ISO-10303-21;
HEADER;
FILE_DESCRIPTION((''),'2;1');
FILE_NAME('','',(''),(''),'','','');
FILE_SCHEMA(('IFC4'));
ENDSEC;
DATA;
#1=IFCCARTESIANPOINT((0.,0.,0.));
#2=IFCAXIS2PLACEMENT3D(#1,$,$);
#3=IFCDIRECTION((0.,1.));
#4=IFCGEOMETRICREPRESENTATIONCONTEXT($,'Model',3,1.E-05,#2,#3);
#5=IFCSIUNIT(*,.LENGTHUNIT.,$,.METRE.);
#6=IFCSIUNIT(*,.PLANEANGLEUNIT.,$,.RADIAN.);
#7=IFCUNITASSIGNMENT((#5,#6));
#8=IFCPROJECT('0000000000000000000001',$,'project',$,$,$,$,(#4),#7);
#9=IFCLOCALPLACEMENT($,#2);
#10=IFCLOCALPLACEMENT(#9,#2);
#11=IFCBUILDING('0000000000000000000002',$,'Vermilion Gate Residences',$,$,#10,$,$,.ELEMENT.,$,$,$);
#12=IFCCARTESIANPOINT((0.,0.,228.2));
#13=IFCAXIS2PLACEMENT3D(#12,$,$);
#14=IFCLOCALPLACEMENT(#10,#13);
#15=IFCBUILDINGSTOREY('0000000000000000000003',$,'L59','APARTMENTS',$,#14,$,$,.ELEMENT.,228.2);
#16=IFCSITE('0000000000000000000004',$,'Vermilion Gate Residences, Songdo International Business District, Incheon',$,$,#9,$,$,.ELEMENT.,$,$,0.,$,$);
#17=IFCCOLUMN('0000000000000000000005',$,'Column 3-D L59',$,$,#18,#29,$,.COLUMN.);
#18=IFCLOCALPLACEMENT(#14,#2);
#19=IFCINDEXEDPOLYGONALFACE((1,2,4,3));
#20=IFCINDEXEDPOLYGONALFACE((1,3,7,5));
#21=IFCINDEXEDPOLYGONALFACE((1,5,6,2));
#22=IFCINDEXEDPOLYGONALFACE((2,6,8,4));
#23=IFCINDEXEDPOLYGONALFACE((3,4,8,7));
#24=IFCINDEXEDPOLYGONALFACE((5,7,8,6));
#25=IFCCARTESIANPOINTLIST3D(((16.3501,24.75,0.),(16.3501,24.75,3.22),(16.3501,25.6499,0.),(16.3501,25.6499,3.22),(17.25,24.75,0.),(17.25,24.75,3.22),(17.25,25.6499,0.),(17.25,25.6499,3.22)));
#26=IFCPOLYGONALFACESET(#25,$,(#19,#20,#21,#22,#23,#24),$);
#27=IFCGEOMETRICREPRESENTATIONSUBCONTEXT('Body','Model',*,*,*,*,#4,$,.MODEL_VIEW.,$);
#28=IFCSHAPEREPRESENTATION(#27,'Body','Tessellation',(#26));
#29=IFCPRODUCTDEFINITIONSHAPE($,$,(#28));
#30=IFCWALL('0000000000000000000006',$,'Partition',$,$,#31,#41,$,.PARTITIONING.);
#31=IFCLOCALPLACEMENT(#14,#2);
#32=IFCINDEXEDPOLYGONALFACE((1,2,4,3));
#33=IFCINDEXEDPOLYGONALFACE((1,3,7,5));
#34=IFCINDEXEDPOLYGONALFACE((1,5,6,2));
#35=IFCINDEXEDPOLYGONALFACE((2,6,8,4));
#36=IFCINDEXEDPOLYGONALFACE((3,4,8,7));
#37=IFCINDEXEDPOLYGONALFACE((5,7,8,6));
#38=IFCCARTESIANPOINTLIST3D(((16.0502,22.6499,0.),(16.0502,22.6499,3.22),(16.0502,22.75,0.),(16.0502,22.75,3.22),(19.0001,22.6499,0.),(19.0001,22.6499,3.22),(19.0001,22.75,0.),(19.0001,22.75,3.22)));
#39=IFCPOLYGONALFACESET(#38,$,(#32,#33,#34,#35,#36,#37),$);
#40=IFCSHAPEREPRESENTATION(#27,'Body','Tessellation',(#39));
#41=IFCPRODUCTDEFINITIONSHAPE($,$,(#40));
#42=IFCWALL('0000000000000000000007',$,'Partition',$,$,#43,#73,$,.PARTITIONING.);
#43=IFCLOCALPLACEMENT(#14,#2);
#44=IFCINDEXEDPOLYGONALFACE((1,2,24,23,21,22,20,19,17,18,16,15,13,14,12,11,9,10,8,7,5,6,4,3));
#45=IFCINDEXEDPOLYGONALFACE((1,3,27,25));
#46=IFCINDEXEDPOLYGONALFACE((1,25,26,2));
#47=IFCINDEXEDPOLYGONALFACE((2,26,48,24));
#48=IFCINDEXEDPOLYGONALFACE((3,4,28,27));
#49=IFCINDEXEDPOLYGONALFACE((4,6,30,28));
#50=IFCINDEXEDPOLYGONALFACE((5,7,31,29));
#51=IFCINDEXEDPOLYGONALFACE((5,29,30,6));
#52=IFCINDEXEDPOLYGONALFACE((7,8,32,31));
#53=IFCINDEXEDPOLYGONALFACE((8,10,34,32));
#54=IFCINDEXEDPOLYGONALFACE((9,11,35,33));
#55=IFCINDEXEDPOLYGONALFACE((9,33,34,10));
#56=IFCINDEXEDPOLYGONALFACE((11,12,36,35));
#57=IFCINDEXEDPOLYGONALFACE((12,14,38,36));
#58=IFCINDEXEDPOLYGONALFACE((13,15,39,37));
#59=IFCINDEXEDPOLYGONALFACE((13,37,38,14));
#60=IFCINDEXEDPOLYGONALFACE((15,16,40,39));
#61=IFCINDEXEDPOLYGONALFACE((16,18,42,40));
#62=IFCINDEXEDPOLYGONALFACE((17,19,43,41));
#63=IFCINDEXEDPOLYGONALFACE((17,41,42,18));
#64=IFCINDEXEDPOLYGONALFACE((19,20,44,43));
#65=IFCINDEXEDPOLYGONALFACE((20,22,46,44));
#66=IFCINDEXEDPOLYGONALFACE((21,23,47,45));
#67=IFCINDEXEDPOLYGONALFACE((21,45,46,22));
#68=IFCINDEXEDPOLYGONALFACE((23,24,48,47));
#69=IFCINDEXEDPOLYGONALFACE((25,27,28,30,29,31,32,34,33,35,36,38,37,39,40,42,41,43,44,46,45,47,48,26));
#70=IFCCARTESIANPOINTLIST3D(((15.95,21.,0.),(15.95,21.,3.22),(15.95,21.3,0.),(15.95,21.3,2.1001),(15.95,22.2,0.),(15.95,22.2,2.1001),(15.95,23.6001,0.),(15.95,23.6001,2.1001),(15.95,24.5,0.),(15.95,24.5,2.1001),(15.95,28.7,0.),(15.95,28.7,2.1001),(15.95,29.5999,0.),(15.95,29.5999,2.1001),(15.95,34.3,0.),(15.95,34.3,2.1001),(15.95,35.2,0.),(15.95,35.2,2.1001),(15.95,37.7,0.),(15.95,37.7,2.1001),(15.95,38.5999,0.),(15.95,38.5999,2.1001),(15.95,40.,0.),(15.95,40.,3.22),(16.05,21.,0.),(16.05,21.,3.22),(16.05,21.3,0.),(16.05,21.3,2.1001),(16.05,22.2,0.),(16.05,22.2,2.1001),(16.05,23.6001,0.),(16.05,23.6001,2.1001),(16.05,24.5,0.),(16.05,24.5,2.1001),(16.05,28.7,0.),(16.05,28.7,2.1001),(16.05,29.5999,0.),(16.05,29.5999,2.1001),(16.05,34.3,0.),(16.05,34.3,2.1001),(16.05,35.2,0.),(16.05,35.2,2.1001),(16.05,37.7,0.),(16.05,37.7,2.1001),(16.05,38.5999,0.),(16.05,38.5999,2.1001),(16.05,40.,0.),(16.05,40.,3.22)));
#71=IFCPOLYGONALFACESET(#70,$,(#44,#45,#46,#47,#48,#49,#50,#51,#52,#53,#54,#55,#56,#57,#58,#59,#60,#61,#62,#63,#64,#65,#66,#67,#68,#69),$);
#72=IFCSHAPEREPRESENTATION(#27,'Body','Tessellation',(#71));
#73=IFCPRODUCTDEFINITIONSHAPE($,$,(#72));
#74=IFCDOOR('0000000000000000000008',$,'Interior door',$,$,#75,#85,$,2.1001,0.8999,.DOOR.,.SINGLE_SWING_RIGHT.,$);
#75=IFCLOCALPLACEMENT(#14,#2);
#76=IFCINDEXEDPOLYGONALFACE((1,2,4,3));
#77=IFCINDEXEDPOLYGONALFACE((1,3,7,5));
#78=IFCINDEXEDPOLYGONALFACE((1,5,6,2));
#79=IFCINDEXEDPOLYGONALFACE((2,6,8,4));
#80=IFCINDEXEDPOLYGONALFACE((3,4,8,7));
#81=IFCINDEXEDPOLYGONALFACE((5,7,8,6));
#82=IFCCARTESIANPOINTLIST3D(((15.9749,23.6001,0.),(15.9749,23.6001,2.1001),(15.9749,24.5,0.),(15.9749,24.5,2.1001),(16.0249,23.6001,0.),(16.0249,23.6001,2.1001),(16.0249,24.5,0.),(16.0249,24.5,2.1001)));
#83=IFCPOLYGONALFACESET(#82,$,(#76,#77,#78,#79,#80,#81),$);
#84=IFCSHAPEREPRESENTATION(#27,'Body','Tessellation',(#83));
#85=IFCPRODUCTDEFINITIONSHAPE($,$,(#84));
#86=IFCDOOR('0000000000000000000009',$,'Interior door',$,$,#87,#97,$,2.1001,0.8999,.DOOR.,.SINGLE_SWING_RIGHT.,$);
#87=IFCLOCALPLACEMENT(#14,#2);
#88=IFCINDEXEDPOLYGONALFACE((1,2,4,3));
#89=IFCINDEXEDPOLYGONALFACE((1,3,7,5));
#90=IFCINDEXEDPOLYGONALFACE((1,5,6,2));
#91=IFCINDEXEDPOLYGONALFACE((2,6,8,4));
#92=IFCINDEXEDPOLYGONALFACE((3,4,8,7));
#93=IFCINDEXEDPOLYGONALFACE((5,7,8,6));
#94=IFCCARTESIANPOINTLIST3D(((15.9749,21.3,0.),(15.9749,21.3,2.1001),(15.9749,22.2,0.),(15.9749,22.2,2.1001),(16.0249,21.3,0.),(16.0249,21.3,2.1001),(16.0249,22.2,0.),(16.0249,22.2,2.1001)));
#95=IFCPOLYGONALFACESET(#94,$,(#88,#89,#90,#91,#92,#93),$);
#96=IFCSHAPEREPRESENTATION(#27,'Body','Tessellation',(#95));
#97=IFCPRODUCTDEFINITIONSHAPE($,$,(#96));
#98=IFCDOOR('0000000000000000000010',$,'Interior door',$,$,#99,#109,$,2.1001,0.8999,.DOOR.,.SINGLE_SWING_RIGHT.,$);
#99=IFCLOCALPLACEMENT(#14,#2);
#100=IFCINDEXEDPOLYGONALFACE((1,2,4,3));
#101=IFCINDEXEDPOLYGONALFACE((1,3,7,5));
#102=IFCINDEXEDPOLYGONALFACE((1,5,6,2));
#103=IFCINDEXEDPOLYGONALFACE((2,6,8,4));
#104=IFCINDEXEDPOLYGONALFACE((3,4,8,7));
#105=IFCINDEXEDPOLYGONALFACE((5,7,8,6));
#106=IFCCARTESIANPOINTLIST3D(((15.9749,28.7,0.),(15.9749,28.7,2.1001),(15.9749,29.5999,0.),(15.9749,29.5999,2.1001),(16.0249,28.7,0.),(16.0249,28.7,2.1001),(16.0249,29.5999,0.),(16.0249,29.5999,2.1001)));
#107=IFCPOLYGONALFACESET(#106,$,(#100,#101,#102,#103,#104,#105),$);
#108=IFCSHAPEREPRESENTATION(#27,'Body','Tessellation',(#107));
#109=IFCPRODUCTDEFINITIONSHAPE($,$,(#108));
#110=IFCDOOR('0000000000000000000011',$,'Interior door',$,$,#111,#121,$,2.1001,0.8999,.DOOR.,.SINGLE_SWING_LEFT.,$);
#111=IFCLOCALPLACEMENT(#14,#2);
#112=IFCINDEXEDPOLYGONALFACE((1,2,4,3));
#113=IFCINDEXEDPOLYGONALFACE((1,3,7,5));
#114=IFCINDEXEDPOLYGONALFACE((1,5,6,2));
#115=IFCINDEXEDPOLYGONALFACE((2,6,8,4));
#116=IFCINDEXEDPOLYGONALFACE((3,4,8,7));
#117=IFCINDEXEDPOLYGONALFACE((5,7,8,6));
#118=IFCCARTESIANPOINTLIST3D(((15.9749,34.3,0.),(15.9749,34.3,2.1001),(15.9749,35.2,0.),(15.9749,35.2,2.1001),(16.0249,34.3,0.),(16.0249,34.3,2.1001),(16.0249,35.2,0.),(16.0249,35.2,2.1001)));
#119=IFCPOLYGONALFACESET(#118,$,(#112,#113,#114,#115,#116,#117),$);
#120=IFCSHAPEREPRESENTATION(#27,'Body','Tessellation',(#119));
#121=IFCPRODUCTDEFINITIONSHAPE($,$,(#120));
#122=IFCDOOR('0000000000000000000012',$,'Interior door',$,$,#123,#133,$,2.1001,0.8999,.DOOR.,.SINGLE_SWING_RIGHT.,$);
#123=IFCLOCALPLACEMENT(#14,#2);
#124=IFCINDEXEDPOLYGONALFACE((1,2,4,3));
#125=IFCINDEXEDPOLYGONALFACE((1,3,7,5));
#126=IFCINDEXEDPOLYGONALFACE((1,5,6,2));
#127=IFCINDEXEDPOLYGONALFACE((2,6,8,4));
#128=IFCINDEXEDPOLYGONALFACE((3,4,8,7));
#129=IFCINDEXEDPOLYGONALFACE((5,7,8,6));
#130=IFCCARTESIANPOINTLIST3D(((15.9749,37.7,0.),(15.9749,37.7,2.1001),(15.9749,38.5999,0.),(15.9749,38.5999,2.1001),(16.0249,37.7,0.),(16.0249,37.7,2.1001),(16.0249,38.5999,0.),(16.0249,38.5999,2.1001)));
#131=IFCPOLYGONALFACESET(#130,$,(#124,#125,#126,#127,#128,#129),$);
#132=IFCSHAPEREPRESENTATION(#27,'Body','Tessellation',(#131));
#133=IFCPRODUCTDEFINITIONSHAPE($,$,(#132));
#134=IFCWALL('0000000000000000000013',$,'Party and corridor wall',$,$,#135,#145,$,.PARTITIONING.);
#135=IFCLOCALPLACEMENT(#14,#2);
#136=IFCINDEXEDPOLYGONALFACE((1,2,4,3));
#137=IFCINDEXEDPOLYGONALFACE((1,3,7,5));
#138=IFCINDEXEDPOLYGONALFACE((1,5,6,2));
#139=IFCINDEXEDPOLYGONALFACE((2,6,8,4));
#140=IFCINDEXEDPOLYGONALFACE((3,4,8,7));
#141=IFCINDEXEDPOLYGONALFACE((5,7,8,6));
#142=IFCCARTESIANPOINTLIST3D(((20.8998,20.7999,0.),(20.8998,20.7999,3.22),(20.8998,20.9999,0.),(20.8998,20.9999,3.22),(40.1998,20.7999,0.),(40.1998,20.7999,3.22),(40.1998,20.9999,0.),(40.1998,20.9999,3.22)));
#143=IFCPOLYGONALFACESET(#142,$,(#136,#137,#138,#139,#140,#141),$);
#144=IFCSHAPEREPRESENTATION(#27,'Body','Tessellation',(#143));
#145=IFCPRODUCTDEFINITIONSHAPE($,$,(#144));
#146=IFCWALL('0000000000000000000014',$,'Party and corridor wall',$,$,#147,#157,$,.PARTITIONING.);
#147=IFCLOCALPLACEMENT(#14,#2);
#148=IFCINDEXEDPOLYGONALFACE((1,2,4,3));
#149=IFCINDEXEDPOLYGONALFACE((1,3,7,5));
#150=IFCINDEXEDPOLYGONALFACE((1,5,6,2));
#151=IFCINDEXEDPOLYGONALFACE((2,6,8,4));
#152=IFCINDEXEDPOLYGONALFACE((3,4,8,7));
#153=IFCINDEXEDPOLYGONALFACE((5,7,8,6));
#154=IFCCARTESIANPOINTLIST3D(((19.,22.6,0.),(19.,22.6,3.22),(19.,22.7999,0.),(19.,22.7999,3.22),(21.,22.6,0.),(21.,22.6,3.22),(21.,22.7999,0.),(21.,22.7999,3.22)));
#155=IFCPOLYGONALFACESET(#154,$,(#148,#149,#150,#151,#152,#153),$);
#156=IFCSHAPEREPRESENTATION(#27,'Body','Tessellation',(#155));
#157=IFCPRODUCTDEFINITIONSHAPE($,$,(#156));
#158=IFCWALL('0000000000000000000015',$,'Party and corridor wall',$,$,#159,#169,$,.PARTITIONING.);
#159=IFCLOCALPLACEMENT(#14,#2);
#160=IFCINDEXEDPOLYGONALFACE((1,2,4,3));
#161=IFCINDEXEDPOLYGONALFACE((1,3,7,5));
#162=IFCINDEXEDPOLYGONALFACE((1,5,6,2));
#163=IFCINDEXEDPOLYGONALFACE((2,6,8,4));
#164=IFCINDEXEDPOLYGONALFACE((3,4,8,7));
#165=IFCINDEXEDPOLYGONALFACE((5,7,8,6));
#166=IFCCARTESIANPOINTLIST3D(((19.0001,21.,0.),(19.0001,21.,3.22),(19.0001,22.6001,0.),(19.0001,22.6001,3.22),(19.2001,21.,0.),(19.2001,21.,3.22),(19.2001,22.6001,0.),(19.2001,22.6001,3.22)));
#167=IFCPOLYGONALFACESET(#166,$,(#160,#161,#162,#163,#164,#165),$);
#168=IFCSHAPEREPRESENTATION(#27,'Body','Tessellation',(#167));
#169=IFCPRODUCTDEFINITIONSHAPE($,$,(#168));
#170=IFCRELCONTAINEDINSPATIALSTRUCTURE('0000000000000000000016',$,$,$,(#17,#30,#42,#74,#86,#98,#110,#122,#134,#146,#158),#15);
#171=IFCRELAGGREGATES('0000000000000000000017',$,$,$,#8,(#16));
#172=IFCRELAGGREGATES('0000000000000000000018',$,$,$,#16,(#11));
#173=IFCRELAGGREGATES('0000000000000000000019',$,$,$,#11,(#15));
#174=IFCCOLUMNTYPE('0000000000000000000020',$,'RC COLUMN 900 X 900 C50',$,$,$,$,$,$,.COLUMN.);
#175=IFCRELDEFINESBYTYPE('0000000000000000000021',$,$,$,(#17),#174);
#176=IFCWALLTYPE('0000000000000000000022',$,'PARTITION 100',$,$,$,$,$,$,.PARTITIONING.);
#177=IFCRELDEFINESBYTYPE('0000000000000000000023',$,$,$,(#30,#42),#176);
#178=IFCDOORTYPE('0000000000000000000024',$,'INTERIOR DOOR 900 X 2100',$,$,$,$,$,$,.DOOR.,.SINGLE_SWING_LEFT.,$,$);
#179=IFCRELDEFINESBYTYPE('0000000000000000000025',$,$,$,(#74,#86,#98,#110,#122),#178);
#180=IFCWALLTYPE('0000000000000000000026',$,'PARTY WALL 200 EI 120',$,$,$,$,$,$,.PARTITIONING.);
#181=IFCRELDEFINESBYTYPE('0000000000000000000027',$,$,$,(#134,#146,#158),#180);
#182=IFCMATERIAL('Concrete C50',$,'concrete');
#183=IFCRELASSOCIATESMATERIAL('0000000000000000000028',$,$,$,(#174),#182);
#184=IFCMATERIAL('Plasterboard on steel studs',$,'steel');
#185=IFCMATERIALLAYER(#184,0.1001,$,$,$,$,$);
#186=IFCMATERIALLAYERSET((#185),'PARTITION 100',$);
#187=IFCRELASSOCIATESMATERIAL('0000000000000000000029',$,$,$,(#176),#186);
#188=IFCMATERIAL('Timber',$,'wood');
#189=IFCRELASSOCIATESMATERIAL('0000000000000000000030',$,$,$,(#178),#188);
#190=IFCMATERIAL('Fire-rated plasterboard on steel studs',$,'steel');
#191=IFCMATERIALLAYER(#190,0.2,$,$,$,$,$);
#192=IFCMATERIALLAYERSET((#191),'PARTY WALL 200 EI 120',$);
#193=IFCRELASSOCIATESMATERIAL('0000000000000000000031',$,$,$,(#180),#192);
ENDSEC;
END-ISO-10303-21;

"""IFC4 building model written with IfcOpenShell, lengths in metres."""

from ifc_helpers import new_model, si_unit, direction, frame, frame_2d, origin, origin_2d, place, context, subcontext, project, spatial, rectangle, extrude, material, layer, layer_set, material_profile, profile_set, type_object, element, fill, save


model = new_model("IFC4")

# Units and contexts
model_context = context("Model", 3, precision=1e-05, world=origin(), true_north=direction((0.0, 1.0)))
body_context = subcontext(model_context, "Body", "Model", "MODEL_VIEW")
ifc_project = project(units=[si_unit("LENGTHUNIT", "METRE"), si_unit("PLANEANGLEUNIT", "RADIAN")], contexts=[model_context])

# Site, building, storey
site_placement = place(None, origin())
site = spatial("IfcSite", under=ifc_project, at=site_placement, Name="Vermilion Gate Residences, Songdo International Business District, Incheon", CompositionType="ELEMENT", RefElevation=0.0)
building_placement = place(site_placement, origin())
building = spatial("IfcBuilding", under=site, at=building_placement, Name="Vermilion Gate Residences", CompositionType="ELEMENT")
storey_placement = place(building_placement, frame((0.0, 0.0, 228.2)))
storey = spatial("IfcBuildingStorey", under=building, at=storey_placement, Name="L59", Description="APARTMENTS", CompositionType="ELEMENT", Elevation=228.2)

# Column
ifc_material_1 = material(Name="Concrete C50", Category="concrete")
ifc_material_profile = material_profile(ifc_material_1, rectangle(XDim=0.8999, YDim=0.8999, at=origin_2d()), Name="RC-900x900")
ifc_profile_set = profile_set([ifc_material_profile], Name="Concrete C50")
column_type = type_object("IfcColumnType", Name="RC COLUMN 900 X 900 C50", PredefinedType="COLUMN", material=ifc_profile_set)
column_placement = place(storey_placement, frame((16.8, 25.2, 0.0), z_axis=(0.0, 0.0, 1.0), x_axis=(1.0, 0.0, 0.0)))
element("IfcColumn", 1, at=column_placement, inside=storey, type_object=column_type, Name="Column 3-D L59", PredefinedType="COLUMN", context=body_context, shape_type="SweptSolid", body=[
    extrude(rectangle(XDim=0.8999, YDim=0.8999, at=origin_2d()), origin(), (0.0, 0.0, 1.0), 3.22),
])

# Wall
ifc_material_2 = material(Name="Plasterboard on steel studs", Category="steel")
ifc_layer_1 = layer(ifc_material_2, 0.1001)
ifc_layer_set_1 = layer_set([ifc_layer_1], Name="PARTITION 100")
wall_type_1 = type_object("IfcWallType", Name="PARTITION 100", PredefinedType="PARTITIONING", material=ifc_layer_set_1)
wall_1_placement = place(storey_placement, frame((16.05, 22.7, 0.0), z_axis=(0.0, 0.0, 1.0), x_axis=(1.0, 0.0, 0.0)))
element("IfcWall", 2, at=wall_1_placement, inside=storey, type_object=wall_type_1, Name="Partition", PredefinedType="PARTITIONING", context=body_context, shape_type="SweptSolid", body=[
    extrude(rectangle(XDim=2.95, YDim=0.1001, at=frame_2d((1.4751, 0.0))), origin(), (0.0, 0.0, 1.0), 3.22),
])

# Wall, openings, doors
wall_2_placement = place(storey_placement, frame((16.0, 21.0, 0.0), z_axis=(0.0, 0.0, 1.0), x_axis=(0.0, 1.0, 0.0)))
wall_2 = element("IfcWall", 3, at=wall_2_placement, inside=storey, type_object=wall_type_1, Name="Partition", PredefinedType="PARTITIONING", context=body_context, shape_type="SweptSolid", body=[
    extrude(rectangle(XDim=19.0, YDim=0.1001, at=frame_2d((9.5, 0.0))), origin(), (0.0, 0.0, 1.0), 3.22),
])
opening_1_placement = place(wall_2_placement, frame((2.6001, 0.0, 0.0)))
opening_1 = element("IfcOpeningElement", 4, at=opening_1_placement, cuts=wall_2, PredefinedType="OPENING", context=body_context, shape_type="SweptSolid", body=[
    extrude(rectangle(XDim=0.8999, YDim=2.1001, at=frame_2d((0.45, 1.05))), frame((0.0, 0.0601, 0.0), z_axis=(0.0, -1.0, 0.0), x_axis=(1.0, 0.0, 0.0)), (0.0, 0.0, 1.0), 0.1201),
])
opening_2_placement = place(wall_2_placement, frame((0.3, 0.0, 0.0)))
opening_2 = element("IfcOpeningElement", 5, at=opening_2_placement, cuts=wall_2, PredefinedType="OPENING", context=body_context, shape_type="SweptSolid", body=[
    extrude(rectangle(XDim=0.8999, YDim=2.1001, at=frame_2d((0.45, 1.05))), frame((0.0, 0.0601, 0.0), z_axis=(0.0, -1.0, 0.0), x_axis=(1.0, 0.0, 0.0)), (0.0, 0.0, 1.0), 0.1201),
])
opening_3_placement = place(wall_2_placement, frame((7.7, 0.0, 0.0)))
opening_3 = element("IfcOpeningElement", 6, at=opening_3_placement, cuts=wall_2, PredefinedType="OPENING", context=body_context, shape_type="SweptSolid", body=[
    extrude(rectangle(XDim=0.8999, YDim=2.1001, at=frame_2d((0.45, 1.05))), frame((0.0, 0.0601, 0.0), z_axis=(0.0, -1.0, 0.0), x_axis=(1.0, 0.0, 0.0)), (0.0, 0.0, 1.0), 0.1201),
])
opening_4_placement = place(wall_2_placement, frame((13.3, 0.0, 0.0)))
opening_4 = element("IfcOpeningElement", 7, at=opening_4_placement, cuts=wall_2, PredefinedType="OPENING", context=body_context, shape_type="SweptSolid", body=[
    extrude(rectangle(XDim=0.8999, YDim=2.1001, at=frame_2d((0.45, 1.05))), frame((0.0, 0.0601, 0.0), z_axis=(0.0, -1.0, 0.0), x_axis=(1.0, 0.0, 0.0)), (0.0, 0.0, 1.0), 0.1201),
])
opening_5_placement = place(wall_2_placement, frame((16.7, 0.0, 0.0)))
opening_5 = element("IfcOpeningElement", 8, at=opening_5_placement, cuts=wall_2, PredefinedType="OPENING", context=body_context, shape_type="SweptSolid", body=[
    extrude(rectangle(XDim=0.8999, YDim=2.1001, at=frame_2d((0.45, 1.05))), frame((0.0, 0.0601, 0.0), z_axis=(0.0, -1.0, 0.0), x_axis=(1.0, 0.0, 0.0)), (0.0, 0.0, 1.0), 0.1201),
])
ifc_material_3 = material(Name="Timber", Category="wood")
door_type_1 = type_object("IfcDoorType", Name="INTERIOR DOOR 900 X 2100", OperationType="SINGLE_SWING_LEFT", PredefinedType="DOOR", material=ifc_material_3)
door_1_placement = place(opening_1_placement, frame((0.8999, 0.0, 0.0), z_axis=(0.0, 0.0, 1.0), x_axis=(-1.0, 0.0, 0.0)))
door_1 = element("IfcDoor", 9, at=door_1_placement, inside=storey, type_object=door_type_1, Name="Interior door", OperationType="SINGLE_SWING_RIGHT", OverallHeight=2.1001, OverallWidth=0.8999, PredefinedType="DOOR", context=body_context, shape_type="SweptSolid", body=[
    extrude(rectangle(XDim=0.8999, YDim=2.1001, at=frame_2d((0.45, 1.05))), frame((0.0, 0.0249, 0.0), z_axis=(0.0, -1.0, 0.0), x_axis=(1.0, 0.0, 0.0)), (0.0, 0.0, 1.0), 0.05),
])
fill(opening_1, door_1)
door_2_placement = place(opening_2_placement, frame((0.8999, 0.0, 0.0), z_axis=(0.0, 0.0, 1.0), x_axis=(-1.0, 0.0, 0.0)))
door_2 = element("IfcDoor", 10, at=door_2_placement, inside=storey, type_object=door_type_1, Name="Interior door", OperationType="SINGLE_SWING_RIGHT", OverallHeight=2.1001, OverallWidth=0.8999, PredefinedType="DOOR", context=body_context, shape_type="SweptSolid", body=[
    extrude(rectangle(XDim=0.8999, YDim=2.1001, at=frame_2d((0.45, 1.05))), frame((0.0, 0.0249, 0.0), z_axis=(0.0, -1.0, 0.0), x_axis=(1.0, 0.0, 0.0)), (0.0, 0.0, 1.0), 0.05),
])
fill(opening_2, door_2)
door_3_placement = place(opening_3_placement, frame((0.8999, 0.0, 0.0), z_axis=(0.0, 0.0, 1.0), x_axis=(-1.0, 0.0, 0.0)))
door_3 = element("IfcDoor", 11, at=door_3_placement, inside=storey, type_object=door_type_1, Name="Interior door", OperationType="SINGLE_SWING_RIGHT", OverallHeight=2.1001, OverallWidth=0.8999, PredefinedType="DOOR", context=body_context, shape_type="SweptSolid", body=[
    extrude(rectangle(XDim=0.8999, YDim=2.1001, at=frame_2d((0.45, 1.05))), frame((0.0, 0.0249, 0.0), z_axis=(0.0, -1.0, 0.0), x_axis=(1.0, 0.0, 0.0)), (0.0, 0.0, 1.0), 0.05),
])
fill(opening_3, door_3)
door_4_placement = place(opening_4_placement, frame((0.8999, 0.0, 0.0), z_axis=(0.0, 0.0, 1.0), x_axis=(-1.0, 0.0, 0.0)))
door_4 = element("IfcDoor", 12, at=door_4_placement, inside=storey, type_object=door_type_1, Name="Interior door", OperationType="SINGLE_SWING_LEFT", OverallHeight=2.1001, OverallWidth=0.8999, PredefinedType="DOOR", context=body_context, shape_type="SweptSolid", body=[
    extrude(rectangle(XDim=0.8999, YDim=2.1001, at=frame_2d((0.45, 1.05))), frame((0.0, 0.0249, 0.0), z_axis=(0.0, -1.0, 0.0), x_axis=(1.0, 0.0, 0.0)), (0.0, 0.0, 1.0), 0.05),
])
fill(opening_4, door_4)
door_5_placement = place(opening_5_placement, frame((0.8999, 0.0, 0.0), z_axis=(0.0, 0.0, 1.0), x_axis=(-1.0, 0.0, 0.0)))
door_5 = element("IfcDoor", 13, at=door_5_placement, inside=storey, type_object=door_type_1, Name="Interior door", OperationType="SINGLE_SWING_RIGHT", OverallHeight=2.1001, OverallWidth=0.8999, PredefinedType="DOOR", context=body_context, shape_type="SweptSolid", body=[
    extrude(rectangle(XDim=0.8999, YDim=2.1001, at=frame_2d((0.45, 1.05))), frame((0.0, 0.0249, 0.0), z_axis=(0.0, -1.0, 0.0), x_axis=(1.0, 0.0, 0.0)), (0.0, 0.0, 1.0), 0.05),
])
fill(opening_5, door_5)

# Walls
ifc_material_4 = material(Name="Fire-rated plasterboard on steel studs", Category="steel")
ifc_layer_2 = layer(ifc_material_4, 0.2)
ifc_layer_set_2 = layer_set([ifc_layer_2], Name="PARTY WALL 200 EI 120")
wall_type_2 = type_object("IfcWallType", Name="PARTY WALL 200 EI 120", PredefinedType="PARTITIONING", material=ifc_layer_set_2)
wall_3_placement = place(storey_placement, frame((20.8999, 20.8999, 0.0), z_axis=(0.0, 0.0, 1.0), x_axis=(1.0, 0.0, 0.0)))
element("IfcWall", 14, at=wall_3_placement, inside=storey, type_object=wall_type_2, Name="Party and corridor wall", PredefinedType="PARTITIONING", context=body_context, shape_type="SweptSolid", body=[
    extrude(rectangle(XDim=19.3, YDim=0.2, at=frame_2d((9.6499, 0.0))), origin(), (0.0, 0.0, 1.0), 3.22),
])
wall_4_placement = place(storey_placement, frame((19.0, 22.7, 0.0), z_axis=(0.0, 0.0, 1.0), x_axis=(1.0, 0.0, 0.0)))
element("IfcWall", 15, at=wall_4_placement, inside=storey, type_object=wall_type_2, Name="Party and corridor wall", PredefinedType="PARTITIONING", context=body_context, shape_type="SweptSolid", body=[
    extrude(rectangle(XDim=2.0, YDim=0.2, at=frame_2d((1.0, 0.0))), origin(), (0.0, 0.0, 1.0), 3.22),
])
wall_5_placement = place(storey_placement, frame((19.1001, 21.0, 0.0), z_axis=(0.0, 0.0, 1.0), x_axis=(0.0, 1.0, 0.0)))
element("IfcWall", 16, at=wall_5_placement, inside=storey, type_object=wall_type_2, Name="Party and corridor wall", PredefinedType="PARTITIONING", context=body_context, shape_type="SweptSolid", body=[
    extrude(rectangle(XDim=1.6001, YDim=0.2, at=frame_2d((0.8, 0.0))), origin(), (0.0, 0.0, 1.0), 3.22),
])

save(model, "model.ifc")
